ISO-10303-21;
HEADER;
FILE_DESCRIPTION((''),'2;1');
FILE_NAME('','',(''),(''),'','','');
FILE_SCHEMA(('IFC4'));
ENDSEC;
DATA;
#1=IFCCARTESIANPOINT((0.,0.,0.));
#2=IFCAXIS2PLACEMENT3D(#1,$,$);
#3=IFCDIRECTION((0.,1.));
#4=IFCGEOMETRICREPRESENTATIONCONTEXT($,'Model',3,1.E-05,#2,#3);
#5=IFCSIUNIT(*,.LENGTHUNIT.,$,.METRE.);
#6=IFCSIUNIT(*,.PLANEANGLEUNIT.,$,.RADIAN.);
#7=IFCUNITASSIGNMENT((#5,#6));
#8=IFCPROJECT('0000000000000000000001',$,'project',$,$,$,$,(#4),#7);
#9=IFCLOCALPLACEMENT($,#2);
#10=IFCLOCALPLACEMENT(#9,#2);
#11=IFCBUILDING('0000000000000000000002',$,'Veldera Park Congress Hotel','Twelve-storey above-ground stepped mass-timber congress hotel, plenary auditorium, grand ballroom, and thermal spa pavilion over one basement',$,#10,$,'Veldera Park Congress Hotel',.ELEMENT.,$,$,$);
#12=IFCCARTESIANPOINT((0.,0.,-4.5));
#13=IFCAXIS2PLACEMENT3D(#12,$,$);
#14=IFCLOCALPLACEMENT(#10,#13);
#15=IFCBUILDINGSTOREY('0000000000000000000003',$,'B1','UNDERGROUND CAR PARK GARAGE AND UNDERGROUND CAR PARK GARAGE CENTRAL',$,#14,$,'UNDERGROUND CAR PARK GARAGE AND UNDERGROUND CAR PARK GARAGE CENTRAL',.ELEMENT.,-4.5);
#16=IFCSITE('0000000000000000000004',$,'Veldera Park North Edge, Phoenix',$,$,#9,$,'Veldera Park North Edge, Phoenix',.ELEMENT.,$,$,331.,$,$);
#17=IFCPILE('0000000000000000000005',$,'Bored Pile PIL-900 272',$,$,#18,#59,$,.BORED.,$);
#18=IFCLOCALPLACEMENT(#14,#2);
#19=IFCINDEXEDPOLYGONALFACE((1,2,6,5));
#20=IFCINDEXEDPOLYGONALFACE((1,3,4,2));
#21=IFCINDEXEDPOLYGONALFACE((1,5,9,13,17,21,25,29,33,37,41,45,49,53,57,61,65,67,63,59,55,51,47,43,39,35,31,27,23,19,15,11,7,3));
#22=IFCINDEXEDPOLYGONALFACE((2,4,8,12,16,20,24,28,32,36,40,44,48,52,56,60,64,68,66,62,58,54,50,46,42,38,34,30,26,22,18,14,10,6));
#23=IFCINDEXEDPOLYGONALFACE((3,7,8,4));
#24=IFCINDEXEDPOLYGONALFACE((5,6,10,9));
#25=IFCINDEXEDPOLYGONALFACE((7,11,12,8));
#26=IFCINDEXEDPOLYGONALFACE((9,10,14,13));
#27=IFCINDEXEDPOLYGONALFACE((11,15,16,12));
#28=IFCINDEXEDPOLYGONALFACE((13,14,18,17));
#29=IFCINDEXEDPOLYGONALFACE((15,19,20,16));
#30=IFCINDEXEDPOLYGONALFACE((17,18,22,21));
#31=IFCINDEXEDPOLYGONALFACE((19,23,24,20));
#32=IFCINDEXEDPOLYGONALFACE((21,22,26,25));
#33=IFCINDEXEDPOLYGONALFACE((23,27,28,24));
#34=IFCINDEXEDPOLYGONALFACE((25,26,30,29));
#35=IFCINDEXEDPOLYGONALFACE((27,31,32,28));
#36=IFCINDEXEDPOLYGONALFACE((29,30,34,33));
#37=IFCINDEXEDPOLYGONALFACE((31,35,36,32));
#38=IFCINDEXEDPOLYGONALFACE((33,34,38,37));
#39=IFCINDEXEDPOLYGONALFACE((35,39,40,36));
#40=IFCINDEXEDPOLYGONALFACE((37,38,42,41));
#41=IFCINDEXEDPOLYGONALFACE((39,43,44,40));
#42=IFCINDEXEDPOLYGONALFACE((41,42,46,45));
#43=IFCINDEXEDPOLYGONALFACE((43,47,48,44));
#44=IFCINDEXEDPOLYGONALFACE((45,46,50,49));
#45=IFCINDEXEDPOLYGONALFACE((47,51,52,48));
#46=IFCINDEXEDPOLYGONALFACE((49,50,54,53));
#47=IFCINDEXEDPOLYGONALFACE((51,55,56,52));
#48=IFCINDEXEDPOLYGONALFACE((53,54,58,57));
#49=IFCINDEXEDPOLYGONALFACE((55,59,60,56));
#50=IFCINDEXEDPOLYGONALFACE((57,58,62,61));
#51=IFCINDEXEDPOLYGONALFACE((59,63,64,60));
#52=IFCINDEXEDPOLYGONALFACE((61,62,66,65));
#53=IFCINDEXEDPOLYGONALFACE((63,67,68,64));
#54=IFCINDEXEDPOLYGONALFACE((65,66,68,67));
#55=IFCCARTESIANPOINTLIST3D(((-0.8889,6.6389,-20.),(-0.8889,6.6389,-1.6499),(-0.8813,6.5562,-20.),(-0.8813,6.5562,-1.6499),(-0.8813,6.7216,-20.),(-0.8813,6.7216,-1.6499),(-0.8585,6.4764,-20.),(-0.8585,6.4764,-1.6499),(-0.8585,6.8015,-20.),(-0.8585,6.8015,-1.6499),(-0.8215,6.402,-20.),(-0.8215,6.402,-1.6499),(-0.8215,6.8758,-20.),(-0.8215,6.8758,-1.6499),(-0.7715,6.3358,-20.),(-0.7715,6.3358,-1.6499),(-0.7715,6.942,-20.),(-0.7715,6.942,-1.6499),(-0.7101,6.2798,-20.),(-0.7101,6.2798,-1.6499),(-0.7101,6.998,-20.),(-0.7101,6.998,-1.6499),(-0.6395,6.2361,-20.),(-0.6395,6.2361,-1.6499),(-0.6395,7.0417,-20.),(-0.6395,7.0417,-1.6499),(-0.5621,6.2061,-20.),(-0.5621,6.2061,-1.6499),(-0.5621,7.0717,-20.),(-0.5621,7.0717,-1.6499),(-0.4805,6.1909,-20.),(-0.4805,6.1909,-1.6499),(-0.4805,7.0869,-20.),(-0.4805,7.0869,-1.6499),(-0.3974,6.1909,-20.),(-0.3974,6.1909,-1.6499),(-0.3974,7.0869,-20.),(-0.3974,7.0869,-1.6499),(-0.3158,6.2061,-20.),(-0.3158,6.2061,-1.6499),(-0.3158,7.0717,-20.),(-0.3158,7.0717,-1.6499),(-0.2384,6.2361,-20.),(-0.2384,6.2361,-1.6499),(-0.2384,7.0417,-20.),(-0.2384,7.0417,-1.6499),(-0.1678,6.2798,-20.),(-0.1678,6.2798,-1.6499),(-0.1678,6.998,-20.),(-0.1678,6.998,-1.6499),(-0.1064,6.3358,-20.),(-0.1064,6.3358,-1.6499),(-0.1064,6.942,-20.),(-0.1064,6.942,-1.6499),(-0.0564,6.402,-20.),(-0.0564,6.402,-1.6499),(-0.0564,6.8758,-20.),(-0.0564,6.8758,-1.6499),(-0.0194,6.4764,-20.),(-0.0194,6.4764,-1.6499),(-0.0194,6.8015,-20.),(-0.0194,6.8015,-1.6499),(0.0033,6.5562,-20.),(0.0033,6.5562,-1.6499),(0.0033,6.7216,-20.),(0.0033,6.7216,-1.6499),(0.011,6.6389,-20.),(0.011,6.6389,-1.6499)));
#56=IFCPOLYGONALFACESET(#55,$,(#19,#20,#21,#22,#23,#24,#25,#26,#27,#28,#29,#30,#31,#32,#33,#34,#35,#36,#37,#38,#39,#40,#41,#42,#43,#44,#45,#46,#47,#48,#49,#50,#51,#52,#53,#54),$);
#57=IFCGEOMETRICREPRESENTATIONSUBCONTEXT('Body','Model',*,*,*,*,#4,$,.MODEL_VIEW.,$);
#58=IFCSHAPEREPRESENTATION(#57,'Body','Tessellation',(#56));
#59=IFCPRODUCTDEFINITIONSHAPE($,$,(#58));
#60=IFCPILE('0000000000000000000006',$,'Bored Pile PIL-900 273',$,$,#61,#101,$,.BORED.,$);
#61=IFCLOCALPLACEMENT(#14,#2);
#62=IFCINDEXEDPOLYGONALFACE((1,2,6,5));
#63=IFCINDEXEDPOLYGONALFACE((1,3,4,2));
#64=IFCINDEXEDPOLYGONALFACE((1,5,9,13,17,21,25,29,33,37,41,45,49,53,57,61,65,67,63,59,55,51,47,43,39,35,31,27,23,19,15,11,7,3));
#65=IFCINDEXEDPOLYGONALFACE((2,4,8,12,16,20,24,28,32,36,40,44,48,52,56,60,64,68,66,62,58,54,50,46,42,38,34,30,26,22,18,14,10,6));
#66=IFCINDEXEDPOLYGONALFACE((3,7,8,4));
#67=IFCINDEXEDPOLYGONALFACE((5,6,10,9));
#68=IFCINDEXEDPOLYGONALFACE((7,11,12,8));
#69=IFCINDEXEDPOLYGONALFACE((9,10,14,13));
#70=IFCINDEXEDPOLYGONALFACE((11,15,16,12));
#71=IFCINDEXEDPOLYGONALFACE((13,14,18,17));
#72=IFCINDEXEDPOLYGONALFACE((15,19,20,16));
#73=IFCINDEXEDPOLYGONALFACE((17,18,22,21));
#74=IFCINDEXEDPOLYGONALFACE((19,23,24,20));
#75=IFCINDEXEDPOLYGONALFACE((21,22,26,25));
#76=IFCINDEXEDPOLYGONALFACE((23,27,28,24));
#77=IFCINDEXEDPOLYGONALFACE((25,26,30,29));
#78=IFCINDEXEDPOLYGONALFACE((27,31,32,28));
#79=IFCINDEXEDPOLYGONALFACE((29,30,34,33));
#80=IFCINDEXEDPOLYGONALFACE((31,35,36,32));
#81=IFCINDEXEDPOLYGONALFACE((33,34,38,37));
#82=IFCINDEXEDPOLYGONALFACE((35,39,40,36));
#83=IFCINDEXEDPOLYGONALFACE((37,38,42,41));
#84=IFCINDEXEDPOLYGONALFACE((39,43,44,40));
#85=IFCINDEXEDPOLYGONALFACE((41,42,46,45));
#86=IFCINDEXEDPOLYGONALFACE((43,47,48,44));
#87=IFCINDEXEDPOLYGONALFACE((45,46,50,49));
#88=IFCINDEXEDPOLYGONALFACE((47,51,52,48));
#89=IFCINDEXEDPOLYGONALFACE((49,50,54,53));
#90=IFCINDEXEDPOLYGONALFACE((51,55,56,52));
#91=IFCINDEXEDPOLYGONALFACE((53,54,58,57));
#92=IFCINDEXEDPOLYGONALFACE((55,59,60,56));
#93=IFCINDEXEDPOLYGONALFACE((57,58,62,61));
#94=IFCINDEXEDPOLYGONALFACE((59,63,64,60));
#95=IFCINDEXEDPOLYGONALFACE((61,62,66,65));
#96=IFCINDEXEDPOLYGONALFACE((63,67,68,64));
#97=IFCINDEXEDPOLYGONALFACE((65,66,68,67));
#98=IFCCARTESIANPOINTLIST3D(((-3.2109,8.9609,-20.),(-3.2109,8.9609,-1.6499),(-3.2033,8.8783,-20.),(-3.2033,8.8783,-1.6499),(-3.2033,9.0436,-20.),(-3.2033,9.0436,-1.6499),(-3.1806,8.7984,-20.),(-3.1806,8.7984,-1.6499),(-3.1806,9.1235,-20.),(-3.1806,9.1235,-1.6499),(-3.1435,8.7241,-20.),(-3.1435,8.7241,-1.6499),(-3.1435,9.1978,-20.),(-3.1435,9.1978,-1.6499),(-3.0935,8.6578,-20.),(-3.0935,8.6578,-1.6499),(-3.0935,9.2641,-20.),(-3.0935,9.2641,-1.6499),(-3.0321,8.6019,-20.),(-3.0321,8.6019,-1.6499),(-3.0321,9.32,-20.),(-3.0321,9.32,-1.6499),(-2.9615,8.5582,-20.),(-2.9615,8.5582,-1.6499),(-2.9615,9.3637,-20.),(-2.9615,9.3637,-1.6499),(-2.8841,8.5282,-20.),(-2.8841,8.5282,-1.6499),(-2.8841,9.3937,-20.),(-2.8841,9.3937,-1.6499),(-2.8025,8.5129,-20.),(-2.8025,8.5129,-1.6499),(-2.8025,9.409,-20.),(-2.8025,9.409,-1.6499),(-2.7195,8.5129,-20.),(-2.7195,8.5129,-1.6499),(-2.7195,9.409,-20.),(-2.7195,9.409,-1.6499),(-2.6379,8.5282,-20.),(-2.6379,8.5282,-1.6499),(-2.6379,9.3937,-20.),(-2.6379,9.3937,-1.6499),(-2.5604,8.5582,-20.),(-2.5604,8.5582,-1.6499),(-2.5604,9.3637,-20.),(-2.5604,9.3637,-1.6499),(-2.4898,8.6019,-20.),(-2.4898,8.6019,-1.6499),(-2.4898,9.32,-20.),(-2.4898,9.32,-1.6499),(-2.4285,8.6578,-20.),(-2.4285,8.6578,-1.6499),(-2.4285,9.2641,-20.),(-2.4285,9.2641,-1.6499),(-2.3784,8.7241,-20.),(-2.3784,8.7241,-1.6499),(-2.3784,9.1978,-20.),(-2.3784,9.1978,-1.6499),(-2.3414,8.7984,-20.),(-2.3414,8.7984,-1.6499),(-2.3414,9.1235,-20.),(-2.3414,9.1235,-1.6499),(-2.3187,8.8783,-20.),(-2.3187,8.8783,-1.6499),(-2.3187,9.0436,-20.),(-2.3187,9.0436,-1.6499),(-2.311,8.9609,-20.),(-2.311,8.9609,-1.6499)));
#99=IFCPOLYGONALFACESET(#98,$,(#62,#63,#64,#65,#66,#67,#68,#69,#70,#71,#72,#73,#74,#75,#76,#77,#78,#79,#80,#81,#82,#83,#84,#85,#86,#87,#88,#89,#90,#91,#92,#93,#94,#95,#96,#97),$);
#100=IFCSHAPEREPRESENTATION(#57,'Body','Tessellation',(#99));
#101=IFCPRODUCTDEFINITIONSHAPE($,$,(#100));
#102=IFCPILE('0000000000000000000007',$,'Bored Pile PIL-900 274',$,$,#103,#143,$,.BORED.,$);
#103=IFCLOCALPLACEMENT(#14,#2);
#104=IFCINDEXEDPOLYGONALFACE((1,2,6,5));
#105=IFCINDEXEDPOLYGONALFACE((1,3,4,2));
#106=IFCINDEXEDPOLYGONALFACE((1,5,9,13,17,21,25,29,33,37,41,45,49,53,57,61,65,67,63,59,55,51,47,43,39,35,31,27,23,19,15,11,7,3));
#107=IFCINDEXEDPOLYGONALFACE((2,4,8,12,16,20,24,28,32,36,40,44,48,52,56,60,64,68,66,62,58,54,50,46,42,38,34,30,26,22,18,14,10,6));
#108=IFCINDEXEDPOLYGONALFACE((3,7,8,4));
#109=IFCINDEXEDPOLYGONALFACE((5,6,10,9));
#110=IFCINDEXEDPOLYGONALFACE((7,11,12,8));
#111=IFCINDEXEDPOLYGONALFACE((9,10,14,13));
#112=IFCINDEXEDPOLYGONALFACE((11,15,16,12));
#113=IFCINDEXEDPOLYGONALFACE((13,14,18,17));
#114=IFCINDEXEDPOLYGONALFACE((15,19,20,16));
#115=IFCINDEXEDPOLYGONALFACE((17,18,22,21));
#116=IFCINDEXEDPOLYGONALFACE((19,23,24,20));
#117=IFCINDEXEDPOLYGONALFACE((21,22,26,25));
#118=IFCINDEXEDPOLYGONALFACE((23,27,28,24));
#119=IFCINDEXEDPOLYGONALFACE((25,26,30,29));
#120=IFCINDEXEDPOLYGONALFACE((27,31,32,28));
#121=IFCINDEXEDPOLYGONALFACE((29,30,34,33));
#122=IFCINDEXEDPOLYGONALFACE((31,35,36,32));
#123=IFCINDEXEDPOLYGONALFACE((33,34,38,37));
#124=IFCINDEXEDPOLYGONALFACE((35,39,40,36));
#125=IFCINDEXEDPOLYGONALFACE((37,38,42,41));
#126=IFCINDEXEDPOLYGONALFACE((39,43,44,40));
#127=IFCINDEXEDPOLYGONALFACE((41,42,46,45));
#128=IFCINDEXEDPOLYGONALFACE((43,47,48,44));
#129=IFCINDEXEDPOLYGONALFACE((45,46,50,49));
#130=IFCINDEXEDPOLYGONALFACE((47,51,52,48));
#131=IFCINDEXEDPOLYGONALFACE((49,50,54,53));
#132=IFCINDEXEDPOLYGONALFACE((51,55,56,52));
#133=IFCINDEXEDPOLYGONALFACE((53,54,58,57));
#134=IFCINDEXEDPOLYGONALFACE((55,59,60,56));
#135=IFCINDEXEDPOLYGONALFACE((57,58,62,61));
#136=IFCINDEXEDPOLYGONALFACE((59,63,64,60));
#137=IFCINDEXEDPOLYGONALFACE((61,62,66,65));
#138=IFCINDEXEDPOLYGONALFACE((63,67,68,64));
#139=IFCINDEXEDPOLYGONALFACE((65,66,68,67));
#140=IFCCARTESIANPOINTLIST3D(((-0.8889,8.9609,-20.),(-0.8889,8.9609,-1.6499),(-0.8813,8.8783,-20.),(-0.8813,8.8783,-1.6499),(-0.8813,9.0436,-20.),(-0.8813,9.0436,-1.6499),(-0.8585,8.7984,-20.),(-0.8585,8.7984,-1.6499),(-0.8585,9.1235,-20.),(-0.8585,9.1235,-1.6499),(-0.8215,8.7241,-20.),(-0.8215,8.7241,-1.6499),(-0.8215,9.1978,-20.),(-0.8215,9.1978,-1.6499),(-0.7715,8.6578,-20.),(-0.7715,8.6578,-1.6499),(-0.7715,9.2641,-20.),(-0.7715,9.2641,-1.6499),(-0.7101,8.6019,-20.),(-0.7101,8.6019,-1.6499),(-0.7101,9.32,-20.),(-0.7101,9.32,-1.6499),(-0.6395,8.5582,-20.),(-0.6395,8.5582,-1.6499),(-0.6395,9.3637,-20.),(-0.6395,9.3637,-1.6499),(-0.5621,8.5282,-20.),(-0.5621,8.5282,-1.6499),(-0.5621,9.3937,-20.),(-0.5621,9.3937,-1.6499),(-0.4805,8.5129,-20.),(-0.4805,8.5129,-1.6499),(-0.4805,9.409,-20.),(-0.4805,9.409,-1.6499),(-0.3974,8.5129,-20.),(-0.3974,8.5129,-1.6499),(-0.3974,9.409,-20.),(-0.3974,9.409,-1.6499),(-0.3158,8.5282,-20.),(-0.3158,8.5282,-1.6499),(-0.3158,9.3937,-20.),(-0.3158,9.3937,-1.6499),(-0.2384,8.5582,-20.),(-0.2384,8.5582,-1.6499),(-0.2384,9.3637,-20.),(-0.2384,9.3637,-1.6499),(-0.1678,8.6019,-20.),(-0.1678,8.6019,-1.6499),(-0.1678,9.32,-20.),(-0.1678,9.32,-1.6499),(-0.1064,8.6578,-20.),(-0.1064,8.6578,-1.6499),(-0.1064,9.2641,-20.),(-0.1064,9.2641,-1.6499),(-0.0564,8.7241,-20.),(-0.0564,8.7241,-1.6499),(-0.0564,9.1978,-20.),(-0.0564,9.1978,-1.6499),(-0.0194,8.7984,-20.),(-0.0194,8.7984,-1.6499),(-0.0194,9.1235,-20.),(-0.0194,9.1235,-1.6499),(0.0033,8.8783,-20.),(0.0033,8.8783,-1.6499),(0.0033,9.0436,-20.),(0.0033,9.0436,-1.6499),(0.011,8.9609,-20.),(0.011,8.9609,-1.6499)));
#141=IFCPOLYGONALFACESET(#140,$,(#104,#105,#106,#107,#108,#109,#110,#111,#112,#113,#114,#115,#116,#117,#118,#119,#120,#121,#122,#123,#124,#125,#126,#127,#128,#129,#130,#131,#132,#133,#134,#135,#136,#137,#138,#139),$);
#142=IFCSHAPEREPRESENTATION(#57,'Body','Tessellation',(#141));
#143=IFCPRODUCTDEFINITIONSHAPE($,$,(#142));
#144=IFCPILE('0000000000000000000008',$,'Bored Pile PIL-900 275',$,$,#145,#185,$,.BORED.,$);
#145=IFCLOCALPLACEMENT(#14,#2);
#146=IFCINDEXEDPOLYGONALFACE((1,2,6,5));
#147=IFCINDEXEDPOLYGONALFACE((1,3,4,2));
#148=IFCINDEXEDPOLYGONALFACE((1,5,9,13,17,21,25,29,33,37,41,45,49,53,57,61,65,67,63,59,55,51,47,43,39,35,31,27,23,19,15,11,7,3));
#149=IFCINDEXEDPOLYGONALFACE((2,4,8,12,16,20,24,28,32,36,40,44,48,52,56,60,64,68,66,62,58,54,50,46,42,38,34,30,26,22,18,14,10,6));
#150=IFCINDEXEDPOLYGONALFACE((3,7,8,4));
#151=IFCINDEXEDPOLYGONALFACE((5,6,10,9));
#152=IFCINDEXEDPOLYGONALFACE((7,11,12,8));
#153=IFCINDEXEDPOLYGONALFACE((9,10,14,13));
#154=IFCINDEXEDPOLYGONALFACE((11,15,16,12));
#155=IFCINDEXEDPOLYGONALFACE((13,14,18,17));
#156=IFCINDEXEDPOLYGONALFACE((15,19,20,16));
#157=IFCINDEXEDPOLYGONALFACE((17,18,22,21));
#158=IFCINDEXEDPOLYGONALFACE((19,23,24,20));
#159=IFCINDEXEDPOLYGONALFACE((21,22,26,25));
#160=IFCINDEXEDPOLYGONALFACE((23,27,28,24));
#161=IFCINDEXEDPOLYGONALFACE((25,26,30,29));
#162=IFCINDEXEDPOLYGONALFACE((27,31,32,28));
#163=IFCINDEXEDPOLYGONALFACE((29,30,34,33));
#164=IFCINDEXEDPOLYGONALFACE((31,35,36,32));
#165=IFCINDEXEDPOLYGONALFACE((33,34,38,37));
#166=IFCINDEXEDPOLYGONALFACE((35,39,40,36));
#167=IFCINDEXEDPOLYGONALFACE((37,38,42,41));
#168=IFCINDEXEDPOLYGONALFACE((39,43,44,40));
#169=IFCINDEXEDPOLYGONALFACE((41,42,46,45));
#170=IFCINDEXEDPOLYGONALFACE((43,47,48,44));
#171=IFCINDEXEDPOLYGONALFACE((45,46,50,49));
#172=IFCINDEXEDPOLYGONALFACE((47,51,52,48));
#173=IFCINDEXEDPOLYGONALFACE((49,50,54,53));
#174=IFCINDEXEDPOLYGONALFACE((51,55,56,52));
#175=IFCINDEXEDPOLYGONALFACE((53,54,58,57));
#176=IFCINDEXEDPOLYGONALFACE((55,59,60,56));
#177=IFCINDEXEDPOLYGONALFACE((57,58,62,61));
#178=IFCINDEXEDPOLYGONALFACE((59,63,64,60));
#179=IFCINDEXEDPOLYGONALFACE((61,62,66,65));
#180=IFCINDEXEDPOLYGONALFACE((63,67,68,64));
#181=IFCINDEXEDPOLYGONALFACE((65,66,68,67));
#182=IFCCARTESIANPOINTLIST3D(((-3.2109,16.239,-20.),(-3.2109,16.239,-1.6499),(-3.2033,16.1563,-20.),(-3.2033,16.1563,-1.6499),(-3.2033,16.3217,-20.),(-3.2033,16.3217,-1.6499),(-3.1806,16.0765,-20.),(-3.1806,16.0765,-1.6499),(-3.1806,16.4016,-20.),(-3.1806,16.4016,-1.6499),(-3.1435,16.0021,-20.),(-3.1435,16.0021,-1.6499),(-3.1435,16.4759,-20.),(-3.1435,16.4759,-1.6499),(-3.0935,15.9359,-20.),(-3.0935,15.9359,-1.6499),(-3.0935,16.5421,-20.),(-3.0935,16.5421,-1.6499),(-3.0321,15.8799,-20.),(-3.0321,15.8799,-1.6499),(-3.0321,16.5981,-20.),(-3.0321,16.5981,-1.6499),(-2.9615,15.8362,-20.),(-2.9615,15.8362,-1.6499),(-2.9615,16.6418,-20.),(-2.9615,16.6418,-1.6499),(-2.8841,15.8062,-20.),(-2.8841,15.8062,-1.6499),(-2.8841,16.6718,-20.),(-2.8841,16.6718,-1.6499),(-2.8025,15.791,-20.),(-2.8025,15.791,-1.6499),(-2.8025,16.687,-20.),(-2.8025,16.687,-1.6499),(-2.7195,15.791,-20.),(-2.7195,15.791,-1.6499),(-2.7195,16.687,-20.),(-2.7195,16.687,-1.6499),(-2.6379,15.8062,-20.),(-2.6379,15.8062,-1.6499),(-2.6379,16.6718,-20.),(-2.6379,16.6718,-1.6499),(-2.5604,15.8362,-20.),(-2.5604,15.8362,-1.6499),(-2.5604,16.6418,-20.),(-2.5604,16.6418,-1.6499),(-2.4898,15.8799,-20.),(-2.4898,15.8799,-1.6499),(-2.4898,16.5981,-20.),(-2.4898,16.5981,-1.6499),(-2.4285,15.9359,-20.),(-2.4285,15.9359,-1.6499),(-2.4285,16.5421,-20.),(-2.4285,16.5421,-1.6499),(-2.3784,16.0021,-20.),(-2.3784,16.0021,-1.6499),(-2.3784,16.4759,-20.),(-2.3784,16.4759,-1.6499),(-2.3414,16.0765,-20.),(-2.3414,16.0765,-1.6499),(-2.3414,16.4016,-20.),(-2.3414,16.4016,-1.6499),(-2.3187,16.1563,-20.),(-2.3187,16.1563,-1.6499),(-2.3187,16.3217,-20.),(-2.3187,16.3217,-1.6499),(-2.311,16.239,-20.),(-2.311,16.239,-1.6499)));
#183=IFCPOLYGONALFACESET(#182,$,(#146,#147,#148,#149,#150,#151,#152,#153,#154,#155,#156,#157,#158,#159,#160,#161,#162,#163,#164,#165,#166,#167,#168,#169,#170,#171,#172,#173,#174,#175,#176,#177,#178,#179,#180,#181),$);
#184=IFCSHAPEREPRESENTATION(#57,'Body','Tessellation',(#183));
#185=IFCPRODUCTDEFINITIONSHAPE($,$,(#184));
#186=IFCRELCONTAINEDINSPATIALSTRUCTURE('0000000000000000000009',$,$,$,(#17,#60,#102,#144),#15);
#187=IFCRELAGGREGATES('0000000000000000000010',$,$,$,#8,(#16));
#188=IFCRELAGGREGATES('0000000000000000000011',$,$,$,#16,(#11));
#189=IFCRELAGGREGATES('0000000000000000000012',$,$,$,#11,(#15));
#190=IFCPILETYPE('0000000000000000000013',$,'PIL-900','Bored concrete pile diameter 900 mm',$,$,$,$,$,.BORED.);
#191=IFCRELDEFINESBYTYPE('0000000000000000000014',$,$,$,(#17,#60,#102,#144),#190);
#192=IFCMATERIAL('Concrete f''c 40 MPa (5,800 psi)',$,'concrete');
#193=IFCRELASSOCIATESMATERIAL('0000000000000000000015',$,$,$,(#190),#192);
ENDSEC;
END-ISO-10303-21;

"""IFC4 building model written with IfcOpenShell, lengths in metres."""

from ifc_helpers import new_model, si_unit, direction, frame, origin, origin_2d, place, context, subcontext, project, spatial, circle, extrude, material, material_profile, profile_set, type_object, element, save


model = new_model("IFC4")

# Units and contexts
model_context = context("Model", 3, precision=1e-05, world=origin(), true_north=direction((0.0, 1.0)))
body_context = subcontext(model_context, "Body", "Model", "MODEL_VIEW")
ifc_project = project(units=[si_unit("LENGTHUNIT", "METRE"), si_unit("PLANEANGLEUNIT", "RADIAN")], contexts=[model_context])

# Site, building, storey
site_placement = place(None, origin())
site = spatial("IfcSite", under=ifc_project, at=site_placement, Name="Veldera Park North Edge, Phoenix", LongName="Veldera Park North Edge, Phoenix", CompositionType="ELEMENT", RefElevation=331.0)
building_placement = place(site_placement, origin())
building = spatial("IfcBuilding", under=site, at=building_placement, Name="Veldera Park Congress Hotel", Description="Twelve-storey above-ground stepped mass-timber congress hotel, plenary auditorium, grand ballroom, and thermal spa pavilion over one basement", LongName="Veldera Park Congress Hotel", CompositionType="ELEMENT")
storey_placement = place(building_placement, frame((0.0, 0.0, -4.5)))
storey = spatial("IfcBuildingStorey", under=building, at=storey_placement, Name="B1", Description="UNDERGROUND CAR PARK GARAGE AND UNDERGROUND CAR PARK GARAGE CENTRAL", LongName="UNDERGROUND CAR PARK GARAGE AND UNDERGROUND CAR PARK GARAGE CENTRAL", CompositionType="ELEMENT", Elevation=-4.5)

# Shared definitions
ifc_material_1 = material(Name="Concrete f'c 40 MPa (5,800 psi)", Category="concrete")

# Piles
ifc_material_profile_1 = material_profile(ifc_material_1, circle(Radius=0.45, at=origin_2d()), Name="PILE D900")
ifc_profile_set_1 = profile_set([ifc_material_profile_1], Name="Concrete f'c 40 MPa (5,800 psi)")
pile_type_1 = type_object("IfcPileType", Name="PIL-900", Description="Bored concrete pile diameter 900 mm", PredefinedType="BORED", material=ifc_profile_set_1)
for number, where, z_axis, x_axis, name in (
    (1, (-0.439, 6.6389, -1.6499), (0.0, 0.0, -1.0), (1.0, 0.0, 0.0), "Bored Pile PIL-900 272"),
    (2, (-2.761, 8.9609, -1.6499), (0.0, 0.0, -1.0), (1.0, 0.0, 0.0), "Bored Pile PIL-900 273"),
    (3, (-0.439, 8.9609, -1.6499), (0.0, 0.0, -1.0), (1.0, 0.0, 0.0), "Bored Pile PIL-900 274"),
    (4, (-2.761, 16.239, -1.6499), (0.0, 0.0, -1.0), (1.0, 0.0, 0.0), "Bored Pile PIL-900 275"),
):
    element("IfcPile", number, at=place(storey_placement, frame(where, z_axis=z_axis, x_axis=x_axis)), inside=storey, type_object=pile_type_1, Name=name, PredefinedType="BORED", context=body_context, shape_type="SweptSolid", body=[
        extrude(circle(Radius=0.45, at=origin_2d()), origin(), (0.0, 0.0, 1.0), 18.3501),
    ])

save(model, "model.ifc")
